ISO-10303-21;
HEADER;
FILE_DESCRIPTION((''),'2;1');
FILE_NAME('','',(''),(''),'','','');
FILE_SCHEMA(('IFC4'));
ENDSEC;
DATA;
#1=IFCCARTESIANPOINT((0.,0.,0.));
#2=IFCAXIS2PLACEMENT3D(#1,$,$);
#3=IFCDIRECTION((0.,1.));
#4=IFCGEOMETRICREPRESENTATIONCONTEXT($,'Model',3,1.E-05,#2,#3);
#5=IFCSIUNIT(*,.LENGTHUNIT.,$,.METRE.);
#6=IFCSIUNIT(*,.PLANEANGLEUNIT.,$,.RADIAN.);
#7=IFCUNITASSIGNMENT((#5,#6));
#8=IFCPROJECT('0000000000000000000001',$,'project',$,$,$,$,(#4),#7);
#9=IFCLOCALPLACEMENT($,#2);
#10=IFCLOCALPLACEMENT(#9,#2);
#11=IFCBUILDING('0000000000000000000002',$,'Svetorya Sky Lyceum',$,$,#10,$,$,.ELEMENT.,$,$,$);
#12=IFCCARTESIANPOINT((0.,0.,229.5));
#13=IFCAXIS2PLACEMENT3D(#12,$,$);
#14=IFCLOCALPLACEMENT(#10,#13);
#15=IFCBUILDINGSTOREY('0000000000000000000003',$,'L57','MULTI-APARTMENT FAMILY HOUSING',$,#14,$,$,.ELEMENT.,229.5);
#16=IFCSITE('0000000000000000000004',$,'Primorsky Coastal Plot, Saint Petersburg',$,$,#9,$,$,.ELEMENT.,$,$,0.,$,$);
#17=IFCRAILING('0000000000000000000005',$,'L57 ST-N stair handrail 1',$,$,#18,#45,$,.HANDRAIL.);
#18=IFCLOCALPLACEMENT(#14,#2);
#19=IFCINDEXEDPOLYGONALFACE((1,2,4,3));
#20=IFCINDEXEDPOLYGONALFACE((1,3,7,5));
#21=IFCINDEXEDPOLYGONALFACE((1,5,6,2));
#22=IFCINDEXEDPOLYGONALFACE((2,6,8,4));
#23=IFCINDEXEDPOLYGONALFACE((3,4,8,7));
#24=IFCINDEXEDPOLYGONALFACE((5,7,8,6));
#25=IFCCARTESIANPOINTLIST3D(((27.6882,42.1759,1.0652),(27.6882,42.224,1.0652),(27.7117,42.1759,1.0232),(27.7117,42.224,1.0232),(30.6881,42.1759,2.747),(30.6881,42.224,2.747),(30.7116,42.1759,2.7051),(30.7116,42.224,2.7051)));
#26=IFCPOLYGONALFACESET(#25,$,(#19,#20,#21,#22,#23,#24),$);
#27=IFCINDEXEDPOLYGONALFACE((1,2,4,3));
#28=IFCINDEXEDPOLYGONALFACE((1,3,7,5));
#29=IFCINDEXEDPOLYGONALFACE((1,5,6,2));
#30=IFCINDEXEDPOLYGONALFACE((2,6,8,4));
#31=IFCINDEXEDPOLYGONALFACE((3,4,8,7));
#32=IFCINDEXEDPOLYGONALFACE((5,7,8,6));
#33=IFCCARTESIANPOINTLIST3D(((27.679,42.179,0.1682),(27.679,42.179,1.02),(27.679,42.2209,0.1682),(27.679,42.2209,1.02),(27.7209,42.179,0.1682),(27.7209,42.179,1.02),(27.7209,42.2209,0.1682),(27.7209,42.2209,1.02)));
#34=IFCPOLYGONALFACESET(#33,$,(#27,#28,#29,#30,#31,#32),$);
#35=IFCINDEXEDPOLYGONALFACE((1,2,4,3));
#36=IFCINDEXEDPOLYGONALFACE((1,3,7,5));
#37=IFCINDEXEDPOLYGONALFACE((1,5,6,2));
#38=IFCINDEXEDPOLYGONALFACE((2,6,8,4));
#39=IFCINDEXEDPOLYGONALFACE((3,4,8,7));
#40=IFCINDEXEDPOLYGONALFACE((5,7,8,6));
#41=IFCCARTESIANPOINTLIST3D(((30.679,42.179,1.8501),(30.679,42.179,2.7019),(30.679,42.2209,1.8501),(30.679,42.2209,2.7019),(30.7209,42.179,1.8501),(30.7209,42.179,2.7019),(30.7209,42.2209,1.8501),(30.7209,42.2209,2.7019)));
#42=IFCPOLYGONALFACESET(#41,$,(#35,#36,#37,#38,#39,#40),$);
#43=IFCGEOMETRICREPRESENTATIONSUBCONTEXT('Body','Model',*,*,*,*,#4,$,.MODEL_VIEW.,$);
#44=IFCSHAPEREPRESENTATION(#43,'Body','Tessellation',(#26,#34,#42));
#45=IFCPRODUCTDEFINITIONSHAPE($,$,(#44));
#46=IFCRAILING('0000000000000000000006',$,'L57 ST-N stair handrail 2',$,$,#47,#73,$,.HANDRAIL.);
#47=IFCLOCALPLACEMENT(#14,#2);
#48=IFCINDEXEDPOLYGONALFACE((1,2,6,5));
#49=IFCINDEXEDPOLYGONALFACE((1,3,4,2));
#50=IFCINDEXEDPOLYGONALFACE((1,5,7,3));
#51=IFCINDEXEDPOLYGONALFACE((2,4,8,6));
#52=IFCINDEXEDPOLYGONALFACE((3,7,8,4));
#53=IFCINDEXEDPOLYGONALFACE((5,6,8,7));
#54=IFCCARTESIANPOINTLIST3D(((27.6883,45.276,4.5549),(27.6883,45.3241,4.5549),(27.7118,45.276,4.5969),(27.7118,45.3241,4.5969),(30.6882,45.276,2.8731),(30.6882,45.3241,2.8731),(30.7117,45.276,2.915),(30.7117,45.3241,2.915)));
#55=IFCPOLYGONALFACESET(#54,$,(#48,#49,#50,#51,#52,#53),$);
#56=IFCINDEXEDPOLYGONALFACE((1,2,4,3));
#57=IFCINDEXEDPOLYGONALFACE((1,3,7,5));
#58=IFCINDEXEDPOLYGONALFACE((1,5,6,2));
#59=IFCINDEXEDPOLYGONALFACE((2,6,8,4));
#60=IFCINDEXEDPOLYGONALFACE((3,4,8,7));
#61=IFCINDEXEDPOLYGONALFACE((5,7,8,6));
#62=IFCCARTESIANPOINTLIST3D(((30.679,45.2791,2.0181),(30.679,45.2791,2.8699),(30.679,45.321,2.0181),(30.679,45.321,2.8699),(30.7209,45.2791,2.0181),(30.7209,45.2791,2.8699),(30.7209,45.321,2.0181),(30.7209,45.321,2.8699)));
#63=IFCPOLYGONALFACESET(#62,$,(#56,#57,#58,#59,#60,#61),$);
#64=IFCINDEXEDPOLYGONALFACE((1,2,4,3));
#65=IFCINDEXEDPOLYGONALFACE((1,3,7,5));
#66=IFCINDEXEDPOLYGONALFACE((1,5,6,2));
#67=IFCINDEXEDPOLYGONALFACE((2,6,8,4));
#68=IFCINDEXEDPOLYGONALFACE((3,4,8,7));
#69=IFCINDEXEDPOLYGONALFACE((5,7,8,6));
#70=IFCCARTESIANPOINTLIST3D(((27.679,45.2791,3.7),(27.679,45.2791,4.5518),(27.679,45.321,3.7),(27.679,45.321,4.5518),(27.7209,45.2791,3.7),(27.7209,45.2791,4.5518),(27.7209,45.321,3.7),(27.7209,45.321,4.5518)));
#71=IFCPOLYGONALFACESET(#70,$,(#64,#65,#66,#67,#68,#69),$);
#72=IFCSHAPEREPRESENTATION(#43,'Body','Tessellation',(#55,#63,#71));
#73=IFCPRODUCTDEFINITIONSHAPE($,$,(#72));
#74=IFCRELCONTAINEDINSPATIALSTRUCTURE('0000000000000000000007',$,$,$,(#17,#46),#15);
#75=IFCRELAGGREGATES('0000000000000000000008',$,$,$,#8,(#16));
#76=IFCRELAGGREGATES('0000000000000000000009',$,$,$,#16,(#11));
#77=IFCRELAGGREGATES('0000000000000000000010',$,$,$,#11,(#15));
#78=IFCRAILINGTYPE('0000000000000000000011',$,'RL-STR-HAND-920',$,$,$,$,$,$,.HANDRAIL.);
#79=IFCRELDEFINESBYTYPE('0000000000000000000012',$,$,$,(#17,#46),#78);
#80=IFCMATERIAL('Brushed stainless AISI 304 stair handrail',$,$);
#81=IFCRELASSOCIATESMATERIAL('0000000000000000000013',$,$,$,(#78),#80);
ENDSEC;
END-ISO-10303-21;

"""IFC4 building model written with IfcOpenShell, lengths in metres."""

from ifc_helpers import new_model, si_unit, direction, frame, origin, origin_2d, place, context, subcontext, project, spatial, rectangle, extrude, material, type_object, element, save


model = new_model("IFC4")

# Units and contexts
model_context = context("Model", 3, precision=1e-05, world=origin(), true_north=direction((0.0, 1.0)))
body_context = subcontext(model_context, "Body", "Model", "MODEL_VIEW")
ifc_project = project(units=[si_unit("LENGTHUNIT", "METRE"), si_unit("PLANEANGLEUNIT", "RADIAN")], contexts=[model_context])

# Site, building, storey
site_placement = place(None, origin())
site = spatial("IfcSite", under=ifc_project, at=site_placement, Name="Primorsky Coastal Plot, Saint Petersburg", CompositionType="ELEMENT", RefElevation=0.0)
building_placement = place(site_placement, origin())
building = spatial("IfcBuilding", under=site, at=building_placement, Name="Svetorya Sky Lyceum", CompositionType="ELEMENT")
storey_placement = place(building_placement, frame((0.0, 0.0, 229.5)))
storey = spatial("IfcBuildingStorey", under=building, at=storey_placement, Name="L57", Description="MULTI-APARTMENT FAMILY HOUSING", CompositionType="ELEMENT", Elevation=229.5)

# Railings
ifc_material_1 = material(Name="Brushed stainless AISI 304 stair handrail")
railing_type_1 = type_object("IfcRailingType", Name="RL-STR-HAND-920", PredefinedType="HANDRAIL", material=ifc_material_1)
railing_1_placement = place(storey_placement, frame((27.7, 42.2, 0.1682)))
element("IfcRailing", 1, at=railing_1_placement, inside=storey, type_object=railing_type_1, Name="L57 ST-N stair handrail 1", PredefinedType="HANDRAIL", context=body_context, shape_type="SweptSolid", body=[
    extrude(rectangle(XDim=0.0481, YDim=0.0481, at=origin_2d()), frame((0.0, 0.0, 0.876), z_axis=(0.872272, 0.0, 0.48902), x_axis=(0.0, 1.0, 0.0)), (0.0, 0.0, 1.0), 3.4392),
    extrude(rectangle(XDim=0.042, YDim=0.042, at=origin_2d()), origin(), (0.0, 0.0, 1.0), 0.8518),
    extrude(rectangle(XDim=0.042, YDim=0.042, at=origin_2d()), frame((3.0, 0.0, 1.6819)), (0.0, 0.0, 1.0), 0.8518),
])
railing_2_placement = place(storey_placement, frame((30.7, 45.3, 2.0181)))
element("IfcRailing", 2, at=railing_2_placement, inside=storey, type_object=railing_type_1, Name="L57 ST-N stair handrail 2", PredefinedType="HANDRAIL", context=body_context, shape_type="SweptSolid", body=[
    extrude(rectangle(XDim=0.0481, YDim=0.0481, at=origin_2d()), frame((0.0, 0.0, 0.876), z_axis=(-0.872272, 0.0, 0.48902), x_axis=(0.0, -1.0, 0.0)), (0.0, 0.0, 1.0), 3.4392),
    extrude(rectangle(XDim=0.042, YDim=0.042, at=origin_2d()), origin(), (0.0, 0.0, 1.0), 0.8518),
    extrude(rectangle(XDim=0.042, YDim=0.042, at=origin_2d()), frame((-3.0, 0.0, 1.6819)), (0.0, 0.0, 1.0), 0.8518),
])

save(model, "model.ifc")
